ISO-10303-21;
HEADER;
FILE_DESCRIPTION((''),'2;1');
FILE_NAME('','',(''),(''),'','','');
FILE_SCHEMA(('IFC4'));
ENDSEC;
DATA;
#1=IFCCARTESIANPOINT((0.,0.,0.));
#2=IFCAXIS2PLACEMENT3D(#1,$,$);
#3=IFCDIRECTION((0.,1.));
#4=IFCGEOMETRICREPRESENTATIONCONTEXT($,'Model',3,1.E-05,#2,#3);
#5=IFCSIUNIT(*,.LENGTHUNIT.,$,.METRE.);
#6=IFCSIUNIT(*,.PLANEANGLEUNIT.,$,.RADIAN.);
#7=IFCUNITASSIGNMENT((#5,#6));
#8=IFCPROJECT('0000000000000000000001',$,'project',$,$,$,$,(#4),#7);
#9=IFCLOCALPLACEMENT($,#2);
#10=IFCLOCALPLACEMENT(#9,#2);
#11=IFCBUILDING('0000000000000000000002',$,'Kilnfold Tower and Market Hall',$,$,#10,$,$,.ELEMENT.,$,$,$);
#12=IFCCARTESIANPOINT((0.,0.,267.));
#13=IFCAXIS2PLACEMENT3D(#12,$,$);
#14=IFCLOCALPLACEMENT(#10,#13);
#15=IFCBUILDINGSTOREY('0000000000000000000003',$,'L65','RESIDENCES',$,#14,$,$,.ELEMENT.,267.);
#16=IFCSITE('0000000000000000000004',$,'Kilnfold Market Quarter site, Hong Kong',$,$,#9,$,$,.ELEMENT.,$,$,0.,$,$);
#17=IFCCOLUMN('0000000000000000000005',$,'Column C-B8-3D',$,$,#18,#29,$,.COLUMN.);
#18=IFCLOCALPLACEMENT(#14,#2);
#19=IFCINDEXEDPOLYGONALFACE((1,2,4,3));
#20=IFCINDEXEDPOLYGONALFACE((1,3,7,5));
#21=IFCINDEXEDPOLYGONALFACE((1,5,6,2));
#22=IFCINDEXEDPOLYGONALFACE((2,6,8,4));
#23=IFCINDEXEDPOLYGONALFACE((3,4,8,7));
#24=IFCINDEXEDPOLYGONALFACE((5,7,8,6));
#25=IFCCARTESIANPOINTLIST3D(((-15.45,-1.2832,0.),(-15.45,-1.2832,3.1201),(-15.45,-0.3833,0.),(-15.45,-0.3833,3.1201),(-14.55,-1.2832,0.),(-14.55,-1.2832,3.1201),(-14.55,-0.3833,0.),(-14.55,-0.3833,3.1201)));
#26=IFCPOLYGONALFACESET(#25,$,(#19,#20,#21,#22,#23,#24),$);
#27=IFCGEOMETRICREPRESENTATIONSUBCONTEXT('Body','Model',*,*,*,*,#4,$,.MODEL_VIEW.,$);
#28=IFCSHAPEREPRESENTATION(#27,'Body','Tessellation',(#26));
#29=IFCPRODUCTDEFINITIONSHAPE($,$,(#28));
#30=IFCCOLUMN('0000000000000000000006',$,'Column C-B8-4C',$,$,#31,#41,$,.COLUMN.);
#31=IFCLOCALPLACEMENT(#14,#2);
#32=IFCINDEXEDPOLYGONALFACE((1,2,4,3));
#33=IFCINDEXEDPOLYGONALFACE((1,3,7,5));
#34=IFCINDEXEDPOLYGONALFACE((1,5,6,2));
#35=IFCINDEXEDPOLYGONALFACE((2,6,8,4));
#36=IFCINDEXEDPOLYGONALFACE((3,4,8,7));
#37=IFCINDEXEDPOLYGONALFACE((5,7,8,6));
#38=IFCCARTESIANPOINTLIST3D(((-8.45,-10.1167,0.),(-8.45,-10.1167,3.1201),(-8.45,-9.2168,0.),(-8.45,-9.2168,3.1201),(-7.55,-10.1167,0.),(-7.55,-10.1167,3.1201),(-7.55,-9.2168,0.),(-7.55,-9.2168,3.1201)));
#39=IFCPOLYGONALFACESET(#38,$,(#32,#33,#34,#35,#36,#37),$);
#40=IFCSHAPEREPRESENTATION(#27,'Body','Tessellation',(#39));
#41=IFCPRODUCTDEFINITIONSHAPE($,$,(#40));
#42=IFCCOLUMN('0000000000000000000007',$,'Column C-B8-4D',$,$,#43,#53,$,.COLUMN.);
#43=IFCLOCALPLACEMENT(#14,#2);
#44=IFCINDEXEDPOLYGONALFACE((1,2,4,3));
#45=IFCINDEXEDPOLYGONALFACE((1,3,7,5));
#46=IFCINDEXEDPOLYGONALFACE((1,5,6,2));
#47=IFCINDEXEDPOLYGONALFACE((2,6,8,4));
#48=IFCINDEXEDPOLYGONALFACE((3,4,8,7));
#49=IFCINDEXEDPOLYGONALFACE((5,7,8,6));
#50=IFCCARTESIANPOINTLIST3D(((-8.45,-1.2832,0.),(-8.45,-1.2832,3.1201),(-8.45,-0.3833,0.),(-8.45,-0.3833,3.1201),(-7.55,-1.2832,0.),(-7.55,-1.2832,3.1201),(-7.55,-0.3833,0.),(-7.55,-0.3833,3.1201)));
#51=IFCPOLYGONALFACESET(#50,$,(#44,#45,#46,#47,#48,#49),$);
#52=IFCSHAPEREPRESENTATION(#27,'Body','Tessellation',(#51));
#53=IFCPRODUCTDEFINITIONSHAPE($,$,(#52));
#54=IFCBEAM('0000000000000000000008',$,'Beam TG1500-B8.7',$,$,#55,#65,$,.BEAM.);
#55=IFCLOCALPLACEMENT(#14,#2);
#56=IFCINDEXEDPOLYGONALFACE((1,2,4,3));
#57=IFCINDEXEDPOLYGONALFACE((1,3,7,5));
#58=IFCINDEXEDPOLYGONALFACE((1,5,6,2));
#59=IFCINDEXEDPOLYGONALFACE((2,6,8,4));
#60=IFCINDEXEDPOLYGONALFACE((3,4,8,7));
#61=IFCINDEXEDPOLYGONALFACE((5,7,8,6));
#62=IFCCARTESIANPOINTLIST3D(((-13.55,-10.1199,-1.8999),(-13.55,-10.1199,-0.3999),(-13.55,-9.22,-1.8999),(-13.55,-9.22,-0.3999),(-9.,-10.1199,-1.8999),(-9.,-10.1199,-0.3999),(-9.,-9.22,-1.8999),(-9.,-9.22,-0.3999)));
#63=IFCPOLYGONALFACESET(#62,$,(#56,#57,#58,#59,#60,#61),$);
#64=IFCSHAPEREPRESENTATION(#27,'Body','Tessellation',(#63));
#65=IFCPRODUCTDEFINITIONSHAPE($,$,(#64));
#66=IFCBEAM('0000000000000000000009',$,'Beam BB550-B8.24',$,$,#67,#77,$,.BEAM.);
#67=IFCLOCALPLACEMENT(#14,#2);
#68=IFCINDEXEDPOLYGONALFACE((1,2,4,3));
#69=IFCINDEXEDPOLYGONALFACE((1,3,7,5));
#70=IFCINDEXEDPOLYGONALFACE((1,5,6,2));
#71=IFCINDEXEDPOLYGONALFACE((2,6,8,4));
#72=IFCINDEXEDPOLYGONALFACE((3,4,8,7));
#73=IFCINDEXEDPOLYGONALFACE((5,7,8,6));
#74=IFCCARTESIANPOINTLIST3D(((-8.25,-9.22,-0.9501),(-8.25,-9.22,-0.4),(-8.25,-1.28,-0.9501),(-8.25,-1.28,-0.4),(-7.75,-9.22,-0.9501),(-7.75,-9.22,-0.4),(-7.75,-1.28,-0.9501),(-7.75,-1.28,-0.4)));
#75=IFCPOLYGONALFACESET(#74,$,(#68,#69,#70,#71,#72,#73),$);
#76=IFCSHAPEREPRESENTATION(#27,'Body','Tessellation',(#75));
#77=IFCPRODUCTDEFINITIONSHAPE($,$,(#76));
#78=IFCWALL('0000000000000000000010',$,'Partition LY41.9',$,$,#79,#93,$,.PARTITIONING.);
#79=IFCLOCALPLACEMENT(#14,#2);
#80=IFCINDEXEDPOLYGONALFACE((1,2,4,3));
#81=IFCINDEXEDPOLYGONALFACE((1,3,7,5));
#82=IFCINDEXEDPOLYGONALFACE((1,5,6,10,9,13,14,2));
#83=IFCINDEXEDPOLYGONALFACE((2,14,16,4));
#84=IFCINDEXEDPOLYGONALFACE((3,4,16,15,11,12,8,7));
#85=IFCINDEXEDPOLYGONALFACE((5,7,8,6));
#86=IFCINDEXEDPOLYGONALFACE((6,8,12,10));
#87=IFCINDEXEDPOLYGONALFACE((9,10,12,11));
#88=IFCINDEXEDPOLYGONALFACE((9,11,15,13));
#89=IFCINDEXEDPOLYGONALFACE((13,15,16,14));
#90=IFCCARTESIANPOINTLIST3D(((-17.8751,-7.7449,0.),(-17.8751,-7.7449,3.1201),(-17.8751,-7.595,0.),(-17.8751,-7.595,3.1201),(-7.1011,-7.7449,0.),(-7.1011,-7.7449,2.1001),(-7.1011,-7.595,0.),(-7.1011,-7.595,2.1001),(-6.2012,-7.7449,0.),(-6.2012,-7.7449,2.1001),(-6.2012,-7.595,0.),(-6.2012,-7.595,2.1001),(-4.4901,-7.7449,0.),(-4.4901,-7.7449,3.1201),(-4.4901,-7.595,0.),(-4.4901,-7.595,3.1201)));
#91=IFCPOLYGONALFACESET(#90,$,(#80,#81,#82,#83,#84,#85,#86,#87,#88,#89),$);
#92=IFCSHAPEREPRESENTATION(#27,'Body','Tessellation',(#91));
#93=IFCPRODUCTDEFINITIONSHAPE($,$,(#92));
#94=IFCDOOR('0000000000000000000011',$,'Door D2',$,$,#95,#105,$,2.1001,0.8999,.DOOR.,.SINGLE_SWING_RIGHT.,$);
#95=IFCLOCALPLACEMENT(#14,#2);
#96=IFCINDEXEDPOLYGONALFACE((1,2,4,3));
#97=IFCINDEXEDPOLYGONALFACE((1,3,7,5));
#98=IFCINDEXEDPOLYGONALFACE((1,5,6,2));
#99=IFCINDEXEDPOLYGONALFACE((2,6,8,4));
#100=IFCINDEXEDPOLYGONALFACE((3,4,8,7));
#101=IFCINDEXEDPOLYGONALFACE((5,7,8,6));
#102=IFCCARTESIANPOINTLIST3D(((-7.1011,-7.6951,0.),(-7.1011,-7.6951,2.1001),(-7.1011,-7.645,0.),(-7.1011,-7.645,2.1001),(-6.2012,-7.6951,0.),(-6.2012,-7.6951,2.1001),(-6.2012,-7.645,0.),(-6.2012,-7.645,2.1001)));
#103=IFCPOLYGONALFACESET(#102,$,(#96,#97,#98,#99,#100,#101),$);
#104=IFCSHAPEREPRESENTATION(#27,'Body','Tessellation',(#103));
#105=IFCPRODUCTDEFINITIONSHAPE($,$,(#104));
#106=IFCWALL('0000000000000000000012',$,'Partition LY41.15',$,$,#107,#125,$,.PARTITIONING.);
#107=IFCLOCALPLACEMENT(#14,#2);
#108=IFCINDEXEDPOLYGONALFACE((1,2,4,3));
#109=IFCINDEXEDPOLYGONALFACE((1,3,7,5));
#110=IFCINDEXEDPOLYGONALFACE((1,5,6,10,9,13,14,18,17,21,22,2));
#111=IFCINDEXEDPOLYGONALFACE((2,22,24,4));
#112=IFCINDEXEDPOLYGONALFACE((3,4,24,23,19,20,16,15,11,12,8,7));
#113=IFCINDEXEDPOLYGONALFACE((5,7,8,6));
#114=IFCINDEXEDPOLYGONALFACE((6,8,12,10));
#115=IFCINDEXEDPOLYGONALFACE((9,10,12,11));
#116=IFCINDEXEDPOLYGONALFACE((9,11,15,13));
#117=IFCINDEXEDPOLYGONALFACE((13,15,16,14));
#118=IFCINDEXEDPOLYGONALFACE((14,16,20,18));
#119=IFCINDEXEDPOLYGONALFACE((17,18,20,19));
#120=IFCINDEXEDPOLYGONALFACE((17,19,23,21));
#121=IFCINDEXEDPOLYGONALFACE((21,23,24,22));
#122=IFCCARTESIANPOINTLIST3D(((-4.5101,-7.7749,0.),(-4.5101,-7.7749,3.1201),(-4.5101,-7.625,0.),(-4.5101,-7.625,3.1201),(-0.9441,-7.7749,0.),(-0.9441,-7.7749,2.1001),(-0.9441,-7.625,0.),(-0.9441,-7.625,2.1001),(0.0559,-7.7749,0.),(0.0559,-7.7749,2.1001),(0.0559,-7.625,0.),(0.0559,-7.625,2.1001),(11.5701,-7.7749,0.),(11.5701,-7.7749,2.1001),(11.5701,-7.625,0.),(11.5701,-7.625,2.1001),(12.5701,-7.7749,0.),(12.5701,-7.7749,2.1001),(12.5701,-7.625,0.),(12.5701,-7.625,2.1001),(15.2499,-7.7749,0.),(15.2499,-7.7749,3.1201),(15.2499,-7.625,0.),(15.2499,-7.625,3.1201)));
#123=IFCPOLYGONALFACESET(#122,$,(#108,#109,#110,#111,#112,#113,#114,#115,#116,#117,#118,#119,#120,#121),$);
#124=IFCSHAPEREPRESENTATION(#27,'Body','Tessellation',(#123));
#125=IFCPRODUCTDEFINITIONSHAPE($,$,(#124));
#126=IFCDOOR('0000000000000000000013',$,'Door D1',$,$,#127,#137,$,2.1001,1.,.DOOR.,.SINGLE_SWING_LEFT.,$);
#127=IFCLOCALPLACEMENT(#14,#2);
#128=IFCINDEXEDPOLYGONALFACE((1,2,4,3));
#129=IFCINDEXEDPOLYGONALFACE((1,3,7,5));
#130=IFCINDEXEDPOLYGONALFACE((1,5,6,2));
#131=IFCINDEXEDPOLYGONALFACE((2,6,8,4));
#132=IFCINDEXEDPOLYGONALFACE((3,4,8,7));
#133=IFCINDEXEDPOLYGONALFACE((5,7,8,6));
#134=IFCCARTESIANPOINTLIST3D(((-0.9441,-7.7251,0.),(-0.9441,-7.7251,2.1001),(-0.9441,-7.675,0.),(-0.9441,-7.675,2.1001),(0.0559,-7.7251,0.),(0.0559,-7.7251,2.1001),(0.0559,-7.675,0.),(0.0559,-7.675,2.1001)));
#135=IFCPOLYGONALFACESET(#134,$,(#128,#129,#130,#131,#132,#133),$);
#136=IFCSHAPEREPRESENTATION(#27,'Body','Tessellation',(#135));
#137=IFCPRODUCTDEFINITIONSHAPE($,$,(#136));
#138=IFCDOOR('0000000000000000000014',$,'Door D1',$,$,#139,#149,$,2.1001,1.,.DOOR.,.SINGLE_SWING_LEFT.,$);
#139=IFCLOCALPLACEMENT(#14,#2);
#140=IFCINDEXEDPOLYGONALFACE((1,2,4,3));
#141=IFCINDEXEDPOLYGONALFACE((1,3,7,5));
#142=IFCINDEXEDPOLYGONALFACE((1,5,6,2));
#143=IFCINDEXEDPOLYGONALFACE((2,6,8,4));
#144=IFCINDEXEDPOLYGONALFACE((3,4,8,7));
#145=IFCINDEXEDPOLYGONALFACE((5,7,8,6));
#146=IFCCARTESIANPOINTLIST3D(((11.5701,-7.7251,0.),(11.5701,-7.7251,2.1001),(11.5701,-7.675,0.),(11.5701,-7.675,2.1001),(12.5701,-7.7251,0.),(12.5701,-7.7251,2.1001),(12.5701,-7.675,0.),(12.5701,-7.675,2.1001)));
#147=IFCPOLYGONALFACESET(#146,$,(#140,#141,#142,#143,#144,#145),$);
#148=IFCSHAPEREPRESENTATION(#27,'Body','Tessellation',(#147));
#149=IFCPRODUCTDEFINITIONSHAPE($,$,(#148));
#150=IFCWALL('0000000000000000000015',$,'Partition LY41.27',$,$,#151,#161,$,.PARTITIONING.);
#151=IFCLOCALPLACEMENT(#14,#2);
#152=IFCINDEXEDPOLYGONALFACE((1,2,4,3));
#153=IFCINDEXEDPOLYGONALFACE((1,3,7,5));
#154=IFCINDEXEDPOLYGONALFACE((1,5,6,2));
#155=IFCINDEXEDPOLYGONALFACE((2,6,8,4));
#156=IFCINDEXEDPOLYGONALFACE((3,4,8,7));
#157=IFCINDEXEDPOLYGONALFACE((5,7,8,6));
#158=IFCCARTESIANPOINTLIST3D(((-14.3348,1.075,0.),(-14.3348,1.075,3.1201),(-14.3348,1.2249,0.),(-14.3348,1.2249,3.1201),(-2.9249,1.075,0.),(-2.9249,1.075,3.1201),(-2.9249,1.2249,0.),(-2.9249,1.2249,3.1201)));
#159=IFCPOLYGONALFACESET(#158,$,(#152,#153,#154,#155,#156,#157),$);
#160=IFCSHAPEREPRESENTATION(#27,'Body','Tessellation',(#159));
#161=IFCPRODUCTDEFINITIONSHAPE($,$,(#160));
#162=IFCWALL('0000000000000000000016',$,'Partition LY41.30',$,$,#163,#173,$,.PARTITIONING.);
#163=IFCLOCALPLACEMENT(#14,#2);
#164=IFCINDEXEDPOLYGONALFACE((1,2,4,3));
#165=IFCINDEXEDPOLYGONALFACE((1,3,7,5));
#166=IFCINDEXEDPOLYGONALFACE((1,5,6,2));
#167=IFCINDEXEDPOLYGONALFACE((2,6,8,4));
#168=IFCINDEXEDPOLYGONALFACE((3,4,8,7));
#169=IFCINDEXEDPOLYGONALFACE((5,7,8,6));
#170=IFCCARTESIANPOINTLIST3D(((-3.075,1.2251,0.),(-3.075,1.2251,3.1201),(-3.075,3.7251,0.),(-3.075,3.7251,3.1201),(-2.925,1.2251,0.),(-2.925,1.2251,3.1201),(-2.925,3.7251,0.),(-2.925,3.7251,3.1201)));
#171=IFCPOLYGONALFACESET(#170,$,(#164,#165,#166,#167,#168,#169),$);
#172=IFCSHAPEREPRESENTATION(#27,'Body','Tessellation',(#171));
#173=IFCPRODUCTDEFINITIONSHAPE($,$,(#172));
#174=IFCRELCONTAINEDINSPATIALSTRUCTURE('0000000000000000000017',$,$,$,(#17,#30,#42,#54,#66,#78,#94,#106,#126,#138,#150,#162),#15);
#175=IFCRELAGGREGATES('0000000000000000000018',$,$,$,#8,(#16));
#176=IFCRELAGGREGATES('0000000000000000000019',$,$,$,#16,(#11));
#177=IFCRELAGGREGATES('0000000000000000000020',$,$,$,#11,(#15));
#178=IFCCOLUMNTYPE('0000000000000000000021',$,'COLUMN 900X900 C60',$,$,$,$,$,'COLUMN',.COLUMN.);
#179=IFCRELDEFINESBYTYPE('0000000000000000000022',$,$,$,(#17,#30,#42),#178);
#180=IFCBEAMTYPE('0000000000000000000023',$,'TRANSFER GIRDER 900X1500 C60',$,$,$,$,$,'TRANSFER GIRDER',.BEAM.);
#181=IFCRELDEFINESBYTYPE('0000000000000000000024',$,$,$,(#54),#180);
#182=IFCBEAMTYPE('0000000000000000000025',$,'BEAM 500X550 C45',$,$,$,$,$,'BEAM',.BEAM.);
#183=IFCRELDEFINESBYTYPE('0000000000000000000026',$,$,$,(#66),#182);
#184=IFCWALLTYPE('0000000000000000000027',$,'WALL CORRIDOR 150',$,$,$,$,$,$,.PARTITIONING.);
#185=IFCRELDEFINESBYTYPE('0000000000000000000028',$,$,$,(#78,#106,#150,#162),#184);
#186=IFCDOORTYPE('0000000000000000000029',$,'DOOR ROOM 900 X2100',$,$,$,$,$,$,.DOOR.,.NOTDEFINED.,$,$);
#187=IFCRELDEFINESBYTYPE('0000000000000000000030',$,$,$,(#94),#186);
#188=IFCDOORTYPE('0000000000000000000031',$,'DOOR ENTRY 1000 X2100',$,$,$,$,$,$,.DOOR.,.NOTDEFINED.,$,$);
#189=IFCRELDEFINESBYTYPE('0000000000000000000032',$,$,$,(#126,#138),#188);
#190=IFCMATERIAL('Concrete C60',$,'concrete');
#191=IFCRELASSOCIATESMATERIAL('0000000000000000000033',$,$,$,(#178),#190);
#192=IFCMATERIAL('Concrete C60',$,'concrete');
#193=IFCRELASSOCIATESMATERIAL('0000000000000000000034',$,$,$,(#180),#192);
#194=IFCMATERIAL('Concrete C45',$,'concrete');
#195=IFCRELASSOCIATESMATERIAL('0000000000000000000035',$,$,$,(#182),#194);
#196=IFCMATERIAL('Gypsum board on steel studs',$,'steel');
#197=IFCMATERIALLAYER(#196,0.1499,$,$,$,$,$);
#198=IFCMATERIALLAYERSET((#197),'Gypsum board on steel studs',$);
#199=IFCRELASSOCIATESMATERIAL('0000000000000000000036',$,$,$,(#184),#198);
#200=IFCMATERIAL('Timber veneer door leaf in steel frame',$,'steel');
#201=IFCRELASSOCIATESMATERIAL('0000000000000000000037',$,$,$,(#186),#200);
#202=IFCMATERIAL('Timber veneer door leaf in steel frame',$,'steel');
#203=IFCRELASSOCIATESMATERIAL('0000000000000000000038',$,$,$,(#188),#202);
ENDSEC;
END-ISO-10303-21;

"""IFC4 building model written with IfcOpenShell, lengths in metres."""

from ifc_helpers import new_model, si_unit, direction, frame, frame_2d, origin, origin_2d, place, context, subcontext, project, spatial, rectangle, extrude, source, transform, mapped, material, layer, layer_set, material_profile, profile_set, type_object, element, fill, save


model = new_model("IFC4")

# Units and contexts
model_context = context("Model", 3, precision=1e-05, world=origin(), true_north=direction((0.0, 1.0)))
body_context = subcontext(model_context, "Body", "Model", "MODEL_VIEW")
ifc_project = project(units=[si_unit("LENGTHUNIT", "METRE"), si_unit("PLANEANGLEUNIT", "RADIAN")], contexts=[model_context])

# Site, building, storey
site_placement = place(None, origin())
site = spatial("IfcSite", under=ifc_project, at=site_placement, Name="Kilnfold Market Quarter site, Hong Kong", CompositionType="ELEMENT", RefElevation=0.0)
building_placement = place(site_placement, origin())
building = spatial("IfcBuilding", under=site, at=building_placement, Name="Kilnfold Tower and Market Hall", CompositionType="ELEMENT")
storey_placement = place(building_placement, frame((0.0, 0.0, 267.0)))
storey = spatial("IfcBuildingStorey", under=building, at=storey_placement, Name="L65", Description="RESIDENCES", CompositionType="ELEMENT", Elevation=267.0)

# Columns
ifc_material_1 = material(Name="Concrete C60", Category="concrete")
ifc_material_profile_1 = material_profile(ifc_material_1, rectangle(XDim=0.8999, YDim=0.8999, at=origin_2d()), Name="RC 900x900")
ifc_profile_set_1 = profile_set([ifc_material_profile_1], Name="Concrete C60")
column_type = type_object("IfcColumnType", Name="COLUMN 900X900 C60", ElementType="COLUMN", PredefinedType="COLUMN", material=ifc_profile_set_1)
shared_shape_1 = source(origin(), body_context, "Body", "SweptSolid", [
    extrude(rectangle(XDim=0.8999, YDim=0.8999, at=origin_2d()), origin(), (0.0, 0.0, 1.0), 3.1201),
])
for number, where, z_axis, x_axis, name in (
    (1, (-15.0, -0.8333, 0.0), (0.0, 0.0, 1.0), (1.0, 0.0, 0.0), "Column C-B8-3D"),
    (2, (-8.0, -9.6667, 0.0), (0.0, 0.0, 1.0), (1.0, 0.0, 0.0), "Column C-B8-4C"),
    (3, (-8.0, -0.8333, 0.0), (0.0, 0.0, 1.0), (1.0, 0.0, 0.0), "Column C-B8-4D"),
):
    element("IfcColumn", number, at=place(storey_placement, frame(where, z_axis=z_axis, x_axis=x_axis)), inside=storey, type_object=column_type, Name=name, PredefinedType="COLUMN", context=body_context, shape_type="MappedRepresentation", body=[
        mapped(shared_shape_1, transform((0.0, 0.0, 0.0))),
    ])

# Beams
ifc_material_2 = material(Name="Concrete C60", Category="concrete")
ifc_material_profile_2 = material_profile(ifc_material_2, rectangle(XDim=0.8999, YDim=1.5, at=origin_2d()), Name="RC 900x1500")
ifc_profile_set_2 = profile_set([ifc_material_profile_2], Name="Concrete C60")
beam_type_1 = type_object("IfcBeamType", Name="TRANSFER GIRDER 900X1500 C60", ElementType="TRANSFER GIRDER", PredefinedType="BEAM", material=ifc_profile_set_2)
shared_shape_2 = source(origin(), body_context, "Body", "SweptSolid", [
    extrude(rectangle(XDim=0.8999, YDim=1.5, at=origin_2d()), origin(), (0.0, 0.0, 1.0), 4.55),
])
beam_1_placement = place(storey_placement, frame((-13.55, -9.6699, -1.1499), z_axis=(1.0, 0.0, 0.0), x_axis=(0.0, 1.0, 0.0)))
element("IfcBeam", 4, at=beam_1_placement, inside=storey, type_object=beam_type_1, Name="Beam TG1500-B8.7", PredefinedType="BEAM", context=body_context, shape_type="MappedRepresentation", body=[
    mapped(shared_shape_2, transform((0.0, 0.0, 0.0))),
])
ifc_material_3 = material(Name="Concrete C45", Category="concrete")
ifc_material_profile_3 = material_profile(ifc_material_3, rectangle(XDim=0.5, YDim=0.55, at=origin_2d()), Name="RC 500x550")
ifc_profile_set_3 = profile_set([ifc_material_profile_3], Name="Concrete C45")
beam_type_2 = type_object("IfcBeamType", Name="BEAM 500X550 C45", ElementType="BEAM", PredefinedType="BEAM", material=ifc_profile_set_3)
shared_shape_3 = source(origin(), body_context, "Body", "SweptSolid", [
    extrude(rectangle(XDim=0.5, YDim=0.55, at=origin_2d()), origin(), (0.0, 0.0, 1.0), 7.9399),
])
beam_2_placement = place(storey_placement, frame((-8.0, -9.22, -0.675), z_axis=(0.0, 1.0, 0.0), x_axis=(-1.0, 0.0, 0.0)))
element("IfcBeam", 5, at=beam_2_placement, inside=storey, type_object=beam_type_2, Name="Beam BB550-B8.24", PredefinedType="BEAM", context=body_context, shape_type="MappedRepresentation", body=[
    mapped(shared_shape_3, transform((0.0, 0.0, 0.0))),
])

# Wall, opening, door
ifc_material_4 = material(Name="Gypsum board on steel studs", Category="steel")
ifc_layer_1 = layer(ifc_material_4, 0.1499)
ifc_layer_set_1 = layer_set([ifc_layer_1], Name="Gypsum board on steel studs")
wall_type_1 = type_object("IfcWallType", Name="WALL CORRIDOR 150", PredefinedType="PARTITIONING", material=ifc_layer_set_1)
wall_1_placement = place(storey_placement, frame((-17.875, -7.6699, 0.0), z_axis=(0.0, 0.0, 1.0), x_axis=(1.0, 0.0, 0.0)))
wall_1 = element("IfcWall", 6, at=wall_1_placement, inside=storey, type_object=wall_type_1, Name="Partition LY41.9", PredefinedType="PARTITIONING", context=body_context, shape_type="SweptSolid", body=[
    extrude(rectangle(XDim=13.385, YDim=0.1499, at=frame_2d((6.6924, 0.0))), origin(), (0.0, 0.0, 1.0), 3.1201),
])
opening_1_placement = place(wall_1_placement, frame((10.7739, 0.0, 0.0)))
opening_1 = element("IfcOpeningElement", 7, at=opening_1_placement, cuts=wall_1, PredefinedType="OPENING", context=body_context, shape_type="SweptSolid", body=[
    extrude(rectangle(XDim=0.8999, YDim=2.1001, at=frame_2d((0.45, 1.05))), frame((0.0, 0.085, 0.0), z_axis=(0.0, -1.0, 0.0), x_axis=(1.0, 0.0, 0.0)), (0.0, 0.0, 1.0), 0.1699),
])
ifc_material_5 = material(Name="Timber veneer door leaf in steel frame", Category="steel")
door_type_1 = type_object("IfcDoorType", Name="DOOR ROOM 900 X2100", OperationType="NOTDEFINED", PredefinedType="DOOR", material=ifc_material_5)
door_1_placement = place(opening_1_placement, origin())
door_1 = element("IfcDoor", 8, at=door_1_placement, inside=storey, type_object=door_type_1, Name="Door D2", OperationType="SINGLE_SWING_RIGHT", OverallHeight=2.1001, OverallWidth=0.8999, PredefinedType="DOOR", context=body_context, shape_type="SweptSolid", body=[
    extrude(rectangle(XDim=0.8999, YDim=2.1001, at=frame_2d((0.45, 1.05))), frame((0.0, 0.0249, 0.0), z_axis=(0.0, -1.0, 0.0), x_axis=(1.0, 0.0, 0.0)), (0.0, 0.0, 1.0), 0.05),
])
fill(opening_1, door_1)

# Wall, openings, doors
wall_2_placement = place(storey_placement, frame((-4.51, -7.7, 0.0), z_axis=(0.0, 0.0, 1.0), x_axis=(1.0, 0.0, 0.0)))
wall_2 = element("IfcWall", 9, at=wall_2_placement, inside=storey, type_object=wall_type_1, Name="Partition LY41.15", PredefinedType="PARTITIONING", context=body_context, shape_type="SweptSolid", body=[
    extrude(rectangle(XDim=19.76, YDim=0.1499, at=frame_2d((9.8799, 0.0))), origin(), (0.0, 0.0, 1.0), 3.1201),
])
opening_2_placement = place(wall_2_placement, frame((3.5659, 0.0, 0.0)))
opening_2 = element("IfcOpeningElement", 10, at=opening_2_placement, cuts=wall_2, PredefinedType="OPENING", context=body_context, shape_type="SweptSolid", body=[
    extrude(rectangle(XDim=1.0, YDim=2.1001, at=frame_2d((0.5, 1.05))), frame((0.0, 0.085, 0.0), z_axis=(0.0, -1.0, 0.0), x_axis=(1.0, 0.0, 0.0)), (0.0, 0.0, 1.0), 0.1699),
])
opening_3_placement = place(wall_2_placement, frame((16.0801, 0.0, 0.0)))
opening_3 = element("IfcOpeningElement", 11, at=opening_3_placement, cuts=wall_2, PredefinedType="OPENING", context=body_context, shape_type="SweptSolid", body=[
    extrude(rectangle(XDim=1.0, YDim=2.1001, at=frame_2d((0.5, 1.05))), frame((0.0, 0.085, 0.0), z_axis=(0.0, -1.0, 0.0), x_axis=(1.0, 0.0, 0.0)), (0.0, 0.0, 1.0), 0.1699),
])
ifc_material_6 = material(Name="Timber veneer door leaf in steel frame", Category="steel")
door_type_2 = type_object("IfcDoorType", Name="DOOR ENTRY 1000 X2100", OperationType="NOTDEFINED", PredefinedType="DOOR", material=ifc_material_6)
door_2_placement = place(opening_2_placement, origin())
door_2 = element("IfcDoor", 12, at=door_2_placement, inside=storey, type_object=door_type_2, Name="Door D1", OperationType="SINGLE_SWING_LEFT", OverallHeight=2.1001, OverallWidth=1.0, PredefinedType="DOOR", context=body_context, shape_type="SweptSolid", body=[
    extrude(rectangle(XDim=1.0, YDim=2.1001, at=frame_2d((0.5, 1.05))), frame((0.0, 0.0249, 0.0), z_axis=(0.0, -1.0, 0.0), x_axis=(1.0, 0.0, 0.0)), (0.0, 0.0, 1.0), 0.05),
])
fill(opening_2, door_2)
door_3_placement = place(opening_3_placement, origin())
door_3 = element("IfcDoor", 13, at=door_3_placement, inside=storey, type_object=door_type_2, Name="Door D1", OperationType="SINGLE_SWING_LEFT", OverallHeight=2.1001, OverallWidth=1.0, PredefinedType="DOOR", context=body_context, shape_type="SweptSolid", body=[
    extrude(rectangle(XDim=1.0, YDim=2.1001, at=frame_2d((0.5, 1.05))), frame((0.0, 0.0249, 0.0), z_axis=(0.0, -1.0, 0.0), x_axis=(1.0, 0.0, 0.0)), (0.0, 0.0, 1.0), 0.05),
])
fill(opening_3, door_3)

# Walls
wall_3_placement = place(storey_placement, frame((-14.335, 1.1499, 0.0), z_axis=(0.0, 0.0, 1.0), x_axis=(1.0, 0.0, 0.0)))
element("IfcWall", 14, at=wall_3_placement, inside=storey, type_object=wall_type_1, Name="Partition LY41.27", PredefinedType="PARTITIONING", context=body_context, shape_type="SweptSolid", body=[
    extrude(rectangle(XDim=11.4099, YDim=0.1499, at=frame_2d((5.7051, 0.0))), origin(), (0.0, 0.0, 1.0), 3.1201),
])
wall_4_placement = place(storey_placement, frame((-3.0, 1.2251, 0.0), z_axis=(0.0, 0.0, 1.0), x_axis=(0.0, 1.0, 0.0)))
element("IfcWall", 15, at=wall_4_placement, inside=storey, type_object=wall_type_1, Name="Partition LY41.30", PredefinedType="PARTITIONING", context=body_context, shape_type="SweptSolid", body=[
    extrude(rectangle(XDim=2.5, YDim=0.1499, at=frame_2d((1.25, 0.0))), origin(), (0.0, 0.0, 1.0), 3.1201),
])

save(model, "model.ifc")
